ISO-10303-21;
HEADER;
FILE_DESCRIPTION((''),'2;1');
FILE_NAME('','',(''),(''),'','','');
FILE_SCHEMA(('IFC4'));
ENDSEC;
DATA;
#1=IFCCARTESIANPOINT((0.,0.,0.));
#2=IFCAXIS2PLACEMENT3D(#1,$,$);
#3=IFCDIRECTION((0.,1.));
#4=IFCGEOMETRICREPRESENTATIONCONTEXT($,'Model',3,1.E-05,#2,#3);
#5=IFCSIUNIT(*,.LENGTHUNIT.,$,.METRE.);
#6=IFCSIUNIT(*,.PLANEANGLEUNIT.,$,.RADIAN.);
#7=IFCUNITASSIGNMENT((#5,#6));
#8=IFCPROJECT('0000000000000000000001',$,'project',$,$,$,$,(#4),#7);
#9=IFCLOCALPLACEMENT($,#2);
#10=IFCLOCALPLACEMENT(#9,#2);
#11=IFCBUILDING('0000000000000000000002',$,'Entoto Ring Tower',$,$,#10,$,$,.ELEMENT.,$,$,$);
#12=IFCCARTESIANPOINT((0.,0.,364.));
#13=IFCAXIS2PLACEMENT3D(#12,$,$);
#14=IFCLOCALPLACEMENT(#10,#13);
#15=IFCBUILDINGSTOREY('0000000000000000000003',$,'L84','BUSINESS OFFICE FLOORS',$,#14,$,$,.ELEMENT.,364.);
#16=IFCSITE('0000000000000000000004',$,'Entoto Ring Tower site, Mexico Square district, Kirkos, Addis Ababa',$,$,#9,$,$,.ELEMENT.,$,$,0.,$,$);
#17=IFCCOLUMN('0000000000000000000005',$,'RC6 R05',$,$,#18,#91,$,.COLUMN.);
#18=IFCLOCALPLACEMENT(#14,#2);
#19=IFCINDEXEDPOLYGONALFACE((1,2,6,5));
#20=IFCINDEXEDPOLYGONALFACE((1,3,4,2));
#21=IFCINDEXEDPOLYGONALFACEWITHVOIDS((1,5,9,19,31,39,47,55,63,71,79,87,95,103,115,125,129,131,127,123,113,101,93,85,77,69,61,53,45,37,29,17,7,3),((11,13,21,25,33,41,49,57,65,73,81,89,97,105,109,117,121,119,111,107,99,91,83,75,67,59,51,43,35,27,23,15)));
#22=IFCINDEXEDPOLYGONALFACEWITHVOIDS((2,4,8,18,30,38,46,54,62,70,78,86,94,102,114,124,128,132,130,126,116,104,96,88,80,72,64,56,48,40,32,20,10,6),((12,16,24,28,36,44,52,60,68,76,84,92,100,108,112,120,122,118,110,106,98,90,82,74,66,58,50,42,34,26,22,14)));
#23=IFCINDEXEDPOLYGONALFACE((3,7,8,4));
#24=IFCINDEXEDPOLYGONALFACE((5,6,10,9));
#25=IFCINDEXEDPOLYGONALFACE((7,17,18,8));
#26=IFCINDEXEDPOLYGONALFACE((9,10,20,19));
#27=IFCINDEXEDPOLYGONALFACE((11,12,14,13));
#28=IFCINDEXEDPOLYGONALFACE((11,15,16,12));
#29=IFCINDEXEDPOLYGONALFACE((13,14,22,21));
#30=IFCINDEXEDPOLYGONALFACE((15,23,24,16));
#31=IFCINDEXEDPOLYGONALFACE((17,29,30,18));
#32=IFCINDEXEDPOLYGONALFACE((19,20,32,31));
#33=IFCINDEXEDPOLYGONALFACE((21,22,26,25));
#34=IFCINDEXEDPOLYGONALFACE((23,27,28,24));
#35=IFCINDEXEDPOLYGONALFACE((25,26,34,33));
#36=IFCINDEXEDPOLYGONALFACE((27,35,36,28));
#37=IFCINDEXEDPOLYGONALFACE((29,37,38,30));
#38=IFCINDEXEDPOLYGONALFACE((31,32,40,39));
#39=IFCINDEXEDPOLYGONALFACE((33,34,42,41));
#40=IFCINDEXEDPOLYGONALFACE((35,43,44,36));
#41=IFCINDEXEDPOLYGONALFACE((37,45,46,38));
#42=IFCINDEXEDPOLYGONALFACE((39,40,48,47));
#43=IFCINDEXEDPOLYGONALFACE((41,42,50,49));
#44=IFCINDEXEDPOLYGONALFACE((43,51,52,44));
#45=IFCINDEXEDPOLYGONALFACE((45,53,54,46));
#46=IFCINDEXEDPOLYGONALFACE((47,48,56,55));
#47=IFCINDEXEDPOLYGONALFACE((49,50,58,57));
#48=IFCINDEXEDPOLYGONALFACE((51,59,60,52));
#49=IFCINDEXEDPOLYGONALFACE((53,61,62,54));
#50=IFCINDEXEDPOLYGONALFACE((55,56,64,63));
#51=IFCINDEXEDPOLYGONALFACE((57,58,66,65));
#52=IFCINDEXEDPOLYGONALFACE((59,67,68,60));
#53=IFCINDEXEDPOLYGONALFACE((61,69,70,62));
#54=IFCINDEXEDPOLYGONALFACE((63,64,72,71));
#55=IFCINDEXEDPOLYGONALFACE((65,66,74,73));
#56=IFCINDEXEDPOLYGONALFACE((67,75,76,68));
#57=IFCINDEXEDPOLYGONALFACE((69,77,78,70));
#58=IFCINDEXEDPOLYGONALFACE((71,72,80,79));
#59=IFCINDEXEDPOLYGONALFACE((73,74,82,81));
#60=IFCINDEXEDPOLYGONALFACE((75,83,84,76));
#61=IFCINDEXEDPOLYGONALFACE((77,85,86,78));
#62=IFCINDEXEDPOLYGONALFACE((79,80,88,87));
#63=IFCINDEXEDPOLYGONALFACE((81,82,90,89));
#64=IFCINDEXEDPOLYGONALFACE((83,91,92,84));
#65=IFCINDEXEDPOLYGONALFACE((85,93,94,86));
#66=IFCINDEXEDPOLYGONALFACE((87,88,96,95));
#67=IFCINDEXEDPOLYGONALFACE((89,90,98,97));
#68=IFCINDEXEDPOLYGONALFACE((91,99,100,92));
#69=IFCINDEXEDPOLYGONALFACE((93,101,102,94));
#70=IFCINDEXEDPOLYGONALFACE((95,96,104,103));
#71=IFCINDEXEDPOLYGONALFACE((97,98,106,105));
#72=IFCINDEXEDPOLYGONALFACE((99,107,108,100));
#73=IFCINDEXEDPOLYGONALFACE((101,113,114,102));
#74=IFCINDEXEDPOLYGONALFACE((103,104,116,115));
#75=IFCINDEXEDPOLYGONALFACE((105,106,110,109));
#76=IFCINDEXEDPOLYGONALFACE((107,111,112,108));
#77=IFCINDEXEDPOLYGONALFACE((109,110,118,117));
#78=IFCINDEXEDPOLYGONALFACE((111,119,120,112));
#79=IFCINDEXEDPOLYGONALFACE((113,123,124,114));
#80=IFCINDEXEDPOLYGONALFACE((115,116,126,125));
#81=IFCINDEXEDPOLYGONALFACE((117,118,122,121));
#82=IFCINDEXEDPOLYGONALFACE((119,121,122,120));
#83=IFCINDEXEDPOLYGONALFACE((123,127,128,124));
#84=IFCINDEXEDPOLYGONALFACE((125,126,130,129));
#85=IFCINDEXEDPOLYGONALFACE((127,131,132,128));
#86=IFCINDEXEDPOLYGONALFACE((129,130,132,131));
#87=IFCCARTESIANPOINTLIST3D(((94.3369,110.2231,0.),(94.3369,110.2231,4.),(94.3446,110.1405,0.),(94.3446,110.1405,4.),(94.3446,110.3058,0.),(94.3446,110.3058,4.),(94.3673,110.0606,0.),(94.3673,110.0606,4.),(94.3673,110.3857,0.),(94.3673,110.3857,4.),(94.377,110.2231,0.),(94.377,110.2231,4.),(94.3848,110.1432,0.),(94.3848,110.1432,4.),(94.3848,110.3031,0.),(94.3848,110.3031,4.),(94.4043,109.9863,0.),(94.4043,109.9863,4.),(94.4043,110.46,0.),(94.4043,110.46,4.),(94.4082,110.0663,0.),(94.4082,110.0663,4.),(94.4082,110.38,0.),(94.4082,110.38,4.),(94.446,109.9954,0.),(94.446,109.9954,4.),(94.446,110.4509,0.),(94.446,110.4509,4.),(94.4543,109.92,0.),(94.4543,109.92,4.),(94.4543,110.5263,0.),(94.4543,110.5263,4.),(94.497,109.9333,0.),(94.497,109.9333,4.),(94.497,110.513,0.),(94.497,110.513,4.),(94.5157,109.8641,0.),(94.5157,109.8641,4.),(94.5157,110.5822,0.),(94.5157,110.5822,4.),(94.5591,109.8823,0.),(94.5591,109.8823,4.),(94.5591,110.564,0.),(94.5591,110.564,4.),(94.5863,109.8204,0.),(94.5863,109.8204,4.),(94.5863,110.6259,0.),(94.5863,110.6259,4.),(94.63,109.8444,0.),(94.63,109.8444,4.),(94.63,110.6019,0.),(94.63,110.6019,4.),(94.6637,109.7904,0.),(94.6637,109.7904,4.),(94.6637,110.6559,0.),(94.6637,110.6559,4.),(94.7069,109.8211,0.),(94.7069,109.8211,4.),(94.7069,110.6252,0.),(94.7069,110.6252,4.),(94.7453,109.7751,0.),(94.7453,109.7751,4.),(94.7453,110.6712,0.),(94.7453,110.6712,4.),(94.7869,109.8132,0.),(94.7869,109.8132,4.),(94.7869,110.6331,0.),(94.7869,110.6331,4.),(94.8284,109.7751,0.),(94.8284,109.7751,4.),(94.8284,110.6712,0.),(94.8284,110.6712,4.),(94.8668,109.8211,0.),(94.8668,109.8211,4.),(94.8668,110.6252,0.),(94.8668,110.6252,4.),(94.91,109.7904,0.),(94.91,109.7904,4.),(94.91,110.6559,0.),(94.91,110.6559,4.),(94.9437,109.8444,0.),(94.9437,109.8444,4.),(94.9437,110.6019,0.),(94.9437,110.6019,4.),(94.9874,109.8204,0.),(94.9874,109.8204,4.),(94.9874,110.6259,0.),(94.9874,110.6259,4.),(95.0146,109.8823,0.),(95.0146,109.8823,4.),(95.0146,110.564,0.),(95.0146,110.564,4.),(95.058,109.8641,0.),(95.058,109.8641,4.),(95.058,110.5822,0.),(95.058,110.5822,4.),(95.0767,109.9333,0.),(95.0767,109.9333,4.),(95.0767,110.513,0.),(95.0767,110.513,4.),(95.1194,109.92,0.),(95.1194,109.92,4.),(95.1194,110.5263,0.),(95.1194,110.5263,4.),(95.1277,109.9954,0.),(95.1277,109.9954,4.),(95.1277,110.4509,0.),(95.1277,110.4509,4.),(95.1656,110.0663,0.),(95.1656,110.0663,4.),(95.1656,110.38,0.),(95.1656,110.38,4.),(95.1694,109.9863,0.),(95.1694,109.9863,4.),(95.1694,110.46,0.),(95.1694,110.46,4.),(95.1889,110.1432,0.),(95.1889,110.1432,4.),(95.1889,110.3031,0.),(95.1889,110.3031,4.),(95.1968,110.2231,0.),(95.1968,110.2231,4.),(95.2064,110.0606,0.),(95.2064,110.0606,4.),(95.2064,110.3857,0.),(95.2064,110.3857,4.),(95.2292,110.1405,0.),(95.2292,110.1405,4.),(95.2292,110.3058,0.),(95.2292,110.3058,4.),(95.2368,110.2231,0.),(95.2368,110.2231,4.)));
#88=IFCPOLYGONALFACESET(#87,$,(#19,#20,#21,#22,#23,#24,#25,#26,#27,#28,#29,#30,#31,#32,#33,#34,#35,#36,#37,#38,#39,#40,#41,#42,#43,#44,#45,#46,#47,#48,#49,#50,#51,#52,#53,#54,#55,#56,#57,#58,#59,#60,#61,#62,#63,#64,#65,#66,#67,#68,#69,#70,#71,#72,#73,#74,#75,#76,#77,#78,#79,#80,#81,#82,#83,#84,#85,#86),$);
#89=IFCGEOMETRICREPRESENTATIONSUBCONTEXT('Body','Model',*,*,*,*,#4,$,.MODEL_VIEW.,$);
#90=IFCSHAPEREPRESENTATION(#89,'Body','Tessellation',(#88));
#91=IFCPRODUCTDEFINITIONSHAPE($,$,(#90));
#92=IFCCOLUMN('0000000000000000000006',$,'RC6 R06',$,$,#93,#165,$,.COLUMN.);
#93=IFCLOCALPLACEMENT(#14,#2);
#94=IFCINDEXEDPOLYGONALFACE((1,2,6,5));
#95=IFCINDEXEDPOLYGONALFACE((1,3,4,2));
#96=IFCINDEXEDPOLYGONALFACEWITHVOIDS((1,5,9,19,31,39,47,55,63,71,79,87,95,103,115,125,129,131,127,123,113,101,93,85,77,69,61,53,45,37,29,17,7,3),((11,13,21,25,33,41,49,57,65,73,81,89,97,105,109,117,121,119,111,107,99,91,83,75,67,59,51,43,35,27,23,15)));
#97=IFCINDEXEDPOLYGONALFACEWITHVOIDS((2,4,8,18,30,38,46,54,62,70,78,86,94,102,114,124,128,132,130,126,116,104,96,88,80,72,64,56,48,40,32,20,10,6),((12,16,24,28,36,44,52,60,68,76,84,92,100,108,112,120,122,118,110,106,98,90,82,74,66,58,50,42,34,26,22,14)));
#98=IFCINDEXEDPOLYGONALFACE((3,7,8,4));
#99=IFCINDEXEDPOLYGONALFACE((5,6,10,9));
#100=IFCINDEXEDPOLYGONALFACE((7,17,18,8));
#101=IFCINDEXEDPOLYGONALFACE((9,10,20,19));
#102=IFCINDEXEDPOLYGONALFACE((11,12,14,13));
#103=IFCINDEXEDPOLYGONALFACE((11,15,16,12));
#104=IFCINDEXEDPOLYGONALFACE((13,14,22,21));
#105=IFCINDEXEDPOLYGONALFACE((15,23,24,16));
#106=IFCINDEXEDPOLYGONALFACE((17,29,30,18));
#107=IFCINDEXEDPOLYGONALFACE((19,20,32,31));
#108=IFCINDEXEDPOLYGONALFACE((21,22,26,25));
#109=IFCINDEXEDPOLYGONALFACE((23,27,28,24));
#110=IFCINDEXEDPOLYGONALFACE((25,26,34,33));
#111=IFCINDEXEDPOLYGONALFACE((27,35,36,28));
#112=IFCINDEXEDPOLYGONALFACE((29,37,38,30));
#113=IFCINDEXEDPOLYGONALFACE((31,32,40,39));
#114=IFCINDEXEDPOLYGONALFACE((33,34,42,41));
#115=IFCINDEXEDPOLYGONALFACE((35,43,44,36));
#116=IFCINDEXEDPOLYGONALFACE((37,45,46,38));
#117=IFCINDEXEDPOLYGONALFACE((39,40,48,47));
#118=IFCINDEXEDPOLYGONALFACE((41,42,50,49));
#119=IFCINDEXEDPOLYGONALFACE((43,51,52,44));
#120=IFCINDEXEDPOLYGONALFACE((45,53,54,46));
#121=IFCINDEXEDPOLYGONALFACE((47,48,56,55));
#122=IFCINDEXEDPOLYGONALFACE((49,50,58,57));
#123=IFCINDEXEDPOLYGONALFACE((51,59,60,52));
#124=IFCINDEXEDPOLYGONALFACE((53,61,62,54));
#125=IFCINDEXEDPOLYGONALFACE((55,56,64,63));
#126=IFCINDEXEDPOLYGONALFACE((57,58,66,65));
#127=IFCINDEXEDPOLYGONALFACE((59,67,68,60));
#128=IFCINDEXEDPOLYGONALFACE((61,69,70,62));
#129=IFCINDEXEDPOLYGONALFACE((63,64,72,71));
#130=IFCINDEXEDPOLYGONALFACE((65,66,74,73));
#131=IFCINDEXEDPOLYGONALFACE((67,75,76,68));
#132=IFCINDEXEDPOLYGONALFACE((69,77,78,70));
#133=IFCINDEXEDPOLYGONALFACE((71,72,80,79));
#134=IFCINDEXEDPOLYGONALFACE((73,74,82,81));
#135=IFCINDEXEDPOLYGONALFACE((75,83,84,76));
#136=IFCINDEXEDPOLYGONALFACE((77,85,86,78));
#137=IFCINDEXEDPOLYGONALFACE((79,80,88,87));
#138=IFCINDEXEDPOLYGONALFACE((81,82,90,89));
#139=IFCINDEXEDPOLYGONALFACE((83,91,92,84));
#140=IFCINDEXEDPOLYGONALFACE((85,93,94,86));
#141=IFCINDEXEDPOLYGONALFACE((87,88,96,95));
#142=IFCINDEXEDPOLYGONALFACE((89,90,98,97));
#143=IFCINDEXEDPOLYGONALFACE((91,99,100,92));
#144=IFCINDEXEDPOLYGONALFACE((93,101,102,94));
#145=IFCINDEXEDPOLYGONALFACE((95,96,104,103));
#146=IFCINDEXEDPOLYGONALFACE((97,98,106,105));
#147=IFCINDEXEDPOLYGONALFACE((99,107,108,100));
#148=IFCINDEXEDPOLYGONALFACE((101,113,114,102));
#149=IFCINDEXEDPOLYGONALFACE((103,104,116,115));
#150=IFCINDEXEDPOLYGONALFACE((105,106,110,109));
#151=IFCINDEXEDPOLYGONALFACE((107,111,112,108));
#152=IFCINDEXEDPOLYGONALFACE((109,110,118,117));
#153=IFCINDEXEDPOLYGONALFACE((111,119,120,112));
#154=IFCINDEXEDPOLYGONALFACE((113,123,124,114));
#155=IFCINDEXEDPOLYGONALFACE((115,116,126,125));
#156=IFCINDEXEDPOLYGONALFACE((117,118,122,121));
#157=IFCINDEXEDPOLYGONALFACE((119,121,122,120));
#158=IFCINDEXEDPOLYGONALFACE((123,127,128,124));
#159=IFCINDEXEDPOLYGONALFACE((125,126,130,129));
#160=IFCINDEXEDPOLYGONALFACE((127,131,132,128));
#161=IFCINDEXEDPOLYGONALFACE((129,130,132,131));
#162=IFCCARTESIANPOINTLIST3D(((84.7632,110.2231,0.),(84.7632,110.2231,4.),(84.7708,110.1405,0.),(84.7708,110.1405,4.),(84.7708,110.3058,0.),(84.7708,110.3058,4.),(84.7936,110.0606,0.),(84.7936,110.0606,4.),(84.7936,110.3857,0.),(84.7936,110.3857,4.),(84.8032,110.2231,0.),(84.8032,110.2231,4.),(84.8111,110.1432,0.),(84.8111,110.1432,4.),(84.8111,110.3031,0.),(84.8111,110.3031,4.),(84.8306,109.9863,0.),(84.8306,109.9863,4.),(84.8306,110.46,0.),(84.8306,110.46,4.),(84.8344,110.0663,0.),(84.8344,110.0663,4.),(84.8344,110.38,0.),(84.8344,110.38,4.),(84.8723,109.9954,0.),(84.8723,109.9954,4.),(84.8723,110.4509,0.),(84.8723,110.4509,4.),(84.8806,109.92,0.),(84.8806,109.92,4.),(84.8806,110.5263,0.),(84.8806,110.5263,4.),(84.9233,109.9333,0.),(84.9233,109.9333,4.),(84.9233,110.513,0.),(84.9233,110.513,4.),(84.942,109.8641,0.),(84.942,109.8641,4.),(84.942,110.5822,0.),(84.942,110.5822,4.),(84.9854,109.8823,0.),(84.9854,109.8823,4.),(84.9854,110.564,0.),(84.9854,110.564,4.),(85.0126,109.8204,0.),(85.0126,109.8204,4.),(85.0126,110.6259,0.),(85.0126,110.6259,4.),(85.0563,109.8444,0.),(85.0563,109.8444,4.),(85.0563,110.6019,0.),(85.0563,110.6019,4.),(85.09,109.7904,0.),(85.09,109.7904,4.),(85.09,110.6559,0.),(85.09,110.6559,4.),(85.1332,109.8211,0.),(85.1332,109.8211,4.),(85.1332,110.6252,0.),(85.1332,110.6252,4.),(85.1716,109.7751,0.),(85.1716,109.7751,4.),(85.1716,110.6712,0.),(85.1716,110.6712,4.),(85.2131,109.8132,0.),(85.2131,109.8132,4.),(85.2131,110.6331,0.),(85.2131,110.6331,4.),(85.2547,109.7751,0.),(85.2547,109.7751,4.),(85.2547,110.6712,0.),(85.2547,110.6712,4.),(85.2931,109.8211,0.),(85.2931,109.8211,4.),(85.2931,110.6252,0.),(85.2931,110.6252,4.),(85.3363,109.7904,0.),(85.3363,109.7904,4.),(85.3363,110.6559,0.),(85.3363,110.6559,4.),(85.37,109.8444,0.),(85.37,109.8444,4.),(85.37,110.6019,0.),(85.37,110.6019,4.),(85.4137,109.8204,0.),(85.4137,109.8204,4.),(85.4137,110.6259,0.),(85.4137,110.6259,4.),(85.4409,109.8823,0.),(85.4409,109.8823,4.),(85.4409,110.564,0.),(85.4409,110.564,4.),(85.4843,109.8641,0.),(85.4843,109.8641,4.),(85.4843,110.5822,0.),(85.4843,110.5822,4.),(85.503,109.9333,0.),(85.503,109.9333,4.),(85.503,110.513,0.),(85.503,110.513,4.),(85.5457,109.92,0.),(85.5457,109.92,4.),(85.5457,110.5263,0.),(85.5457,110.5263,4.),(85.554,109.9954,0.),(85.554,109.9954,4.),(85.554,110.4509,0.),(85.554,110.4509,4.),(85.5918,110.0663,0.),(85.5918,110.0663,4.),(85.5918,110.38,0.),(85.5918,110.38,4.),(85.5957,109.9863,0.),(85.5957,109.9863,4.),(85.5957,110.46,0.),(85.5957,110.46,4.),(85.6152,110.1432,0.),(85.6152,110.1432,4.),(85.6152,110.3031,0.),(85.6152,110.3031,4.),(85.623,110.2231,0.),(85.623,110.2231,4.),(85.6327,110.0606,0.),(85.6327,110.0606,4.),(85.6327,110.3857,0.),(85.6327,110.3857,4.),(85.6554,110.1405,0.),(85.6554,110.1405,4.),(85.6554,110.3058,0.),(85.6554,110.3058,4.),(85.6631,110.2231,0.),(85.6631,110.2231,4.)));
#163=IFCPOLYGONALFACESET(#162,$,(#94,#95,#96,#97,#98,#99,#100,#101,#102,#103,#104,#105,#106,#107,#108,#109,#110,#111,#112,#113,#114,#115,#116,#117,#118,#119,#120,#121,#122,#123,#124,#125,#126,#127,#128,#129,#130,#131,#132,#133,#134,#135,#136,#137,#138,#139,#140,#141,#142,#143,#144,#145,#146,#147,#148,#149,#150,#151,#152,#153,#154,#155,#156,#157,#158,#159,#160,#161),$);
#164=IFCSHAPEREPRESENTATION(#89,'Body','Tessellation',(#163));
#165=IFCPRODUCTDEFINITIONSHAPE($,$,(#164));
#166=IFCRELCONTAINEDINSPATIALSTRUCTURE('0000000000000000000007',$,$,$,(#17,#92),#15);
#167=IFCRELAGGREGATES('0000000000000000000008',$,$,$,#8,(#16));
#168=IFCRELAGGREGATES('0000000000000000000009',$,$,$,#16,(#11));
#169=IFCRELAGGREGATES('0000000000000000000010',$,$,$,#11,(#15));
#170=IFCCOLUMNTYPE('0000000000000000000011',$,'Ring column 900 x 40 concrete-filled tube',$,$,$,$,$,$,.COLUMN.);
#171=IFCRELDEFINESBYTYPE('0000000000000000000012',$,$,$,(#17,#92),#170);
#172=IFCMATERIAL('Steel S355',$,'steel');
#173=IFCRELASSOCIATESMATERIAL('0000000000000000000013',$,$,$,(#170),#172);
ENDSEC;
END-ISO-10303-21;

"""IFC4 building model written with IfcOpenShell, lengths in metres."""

from ifc_helpers import new_model, si_unit, direction, frame, origin, origin_2d, place, context, subcontext, project, spatial, circle, hollow_circle, extrude, material, material_profile, profile_set, type_object, element, save


model = new_model("IFC4")

# Units and contexts
model_context = context("Model", 3, precision=1e-05, world=origin(), true_north=direction((0.0, 1.0)))
body_context = subcontext(model_context, "Body", "Model", "MODEL_VIEW")
ifc_project = project(units=[si_unit("LENGTHUNIT", "METRE"), si_unit("PLANEANGLEUNIT", "RADIAN")], contexts=[model_context])

# Site, building, storey
site_placement = place(None, origin())
site = spatial("IfcSite", under=ifc_project, at=site_placement, Name="Entoto Ring Tower site, Mexico Square district, Kirkos, Addis Ababa", CompositionType="ELEMENT", RefElevation=0.0)
building_placement = place(site_placement, origin())
building = spatial("IfcBuilding", under=site, at=building_placement, Name="Entoto Ring Tower", CompositionType="ELEMENT")
storey_placement = place(building_placement, frame((0.0, 0.0, 364.0)))
storey = spatial("IfcBuildingStorey", under=building, at=storey_placement, Name="L84", Description="BUSINESS OFFICE FLOORS", CompositionType="ELEMENT", Elevation=364.0)

# Columns
ifc_material_1 = material(Name="Steel S355", Category="steel")
ifc_material_profile_1 = material_profile(ifc_material_1, hollow_circle(Radius=0.45, WallThickness=0.04, at=origin_2d()), Name="CHS 900 x 40")
ifc_material_2 = material(Name="Concrete C60/75", Category="concrete")
ifc_material_profile_2 = material_profile(ifc_material_2, circle(Radius=0.4099, at=origin_2d()), Name="Concrete C60/75 infill")
ifc_profile_set_1 = profile_set([ifc_material_profile_1, ifc_material_profile_2], Name="Steel S355")
column_type = type_object("IfcColumnType", Name="Ring column 900 x 40 concrete-filled tube", PredefinedType="COLUMN", material=ifc_profile_set_1)
for number, where, z_axis, x_axis, name in (
    (1, (94.7869, 110.2231, 0.0), (0.0, 0.0, 1.0), (1.0, 0.0, 0.0), "RC6 R05"),
    (2, (85.2131, 110.2231, 0.0), (0.0, 0.0, 1.0), (1.0, 0.0, 0.0), "RC6 R06"),
):
    element("IfcColumn", number, at=place(storey_placement, frame(where, z_axis=z_axis, x_axis=x_axis)), inside=storey, type_object=column_type, Name=name, PredefinedType="COLUMN", context=body_context, shape_type="SweptSolid", body=[
        extrude(hollow_circle(Radius=0.45, WallThickness=0.04, at=origin_2d()), origin(), (0.0, 0.0, 1.0), 4.0),
    ])

save(model, "model.ifc")
